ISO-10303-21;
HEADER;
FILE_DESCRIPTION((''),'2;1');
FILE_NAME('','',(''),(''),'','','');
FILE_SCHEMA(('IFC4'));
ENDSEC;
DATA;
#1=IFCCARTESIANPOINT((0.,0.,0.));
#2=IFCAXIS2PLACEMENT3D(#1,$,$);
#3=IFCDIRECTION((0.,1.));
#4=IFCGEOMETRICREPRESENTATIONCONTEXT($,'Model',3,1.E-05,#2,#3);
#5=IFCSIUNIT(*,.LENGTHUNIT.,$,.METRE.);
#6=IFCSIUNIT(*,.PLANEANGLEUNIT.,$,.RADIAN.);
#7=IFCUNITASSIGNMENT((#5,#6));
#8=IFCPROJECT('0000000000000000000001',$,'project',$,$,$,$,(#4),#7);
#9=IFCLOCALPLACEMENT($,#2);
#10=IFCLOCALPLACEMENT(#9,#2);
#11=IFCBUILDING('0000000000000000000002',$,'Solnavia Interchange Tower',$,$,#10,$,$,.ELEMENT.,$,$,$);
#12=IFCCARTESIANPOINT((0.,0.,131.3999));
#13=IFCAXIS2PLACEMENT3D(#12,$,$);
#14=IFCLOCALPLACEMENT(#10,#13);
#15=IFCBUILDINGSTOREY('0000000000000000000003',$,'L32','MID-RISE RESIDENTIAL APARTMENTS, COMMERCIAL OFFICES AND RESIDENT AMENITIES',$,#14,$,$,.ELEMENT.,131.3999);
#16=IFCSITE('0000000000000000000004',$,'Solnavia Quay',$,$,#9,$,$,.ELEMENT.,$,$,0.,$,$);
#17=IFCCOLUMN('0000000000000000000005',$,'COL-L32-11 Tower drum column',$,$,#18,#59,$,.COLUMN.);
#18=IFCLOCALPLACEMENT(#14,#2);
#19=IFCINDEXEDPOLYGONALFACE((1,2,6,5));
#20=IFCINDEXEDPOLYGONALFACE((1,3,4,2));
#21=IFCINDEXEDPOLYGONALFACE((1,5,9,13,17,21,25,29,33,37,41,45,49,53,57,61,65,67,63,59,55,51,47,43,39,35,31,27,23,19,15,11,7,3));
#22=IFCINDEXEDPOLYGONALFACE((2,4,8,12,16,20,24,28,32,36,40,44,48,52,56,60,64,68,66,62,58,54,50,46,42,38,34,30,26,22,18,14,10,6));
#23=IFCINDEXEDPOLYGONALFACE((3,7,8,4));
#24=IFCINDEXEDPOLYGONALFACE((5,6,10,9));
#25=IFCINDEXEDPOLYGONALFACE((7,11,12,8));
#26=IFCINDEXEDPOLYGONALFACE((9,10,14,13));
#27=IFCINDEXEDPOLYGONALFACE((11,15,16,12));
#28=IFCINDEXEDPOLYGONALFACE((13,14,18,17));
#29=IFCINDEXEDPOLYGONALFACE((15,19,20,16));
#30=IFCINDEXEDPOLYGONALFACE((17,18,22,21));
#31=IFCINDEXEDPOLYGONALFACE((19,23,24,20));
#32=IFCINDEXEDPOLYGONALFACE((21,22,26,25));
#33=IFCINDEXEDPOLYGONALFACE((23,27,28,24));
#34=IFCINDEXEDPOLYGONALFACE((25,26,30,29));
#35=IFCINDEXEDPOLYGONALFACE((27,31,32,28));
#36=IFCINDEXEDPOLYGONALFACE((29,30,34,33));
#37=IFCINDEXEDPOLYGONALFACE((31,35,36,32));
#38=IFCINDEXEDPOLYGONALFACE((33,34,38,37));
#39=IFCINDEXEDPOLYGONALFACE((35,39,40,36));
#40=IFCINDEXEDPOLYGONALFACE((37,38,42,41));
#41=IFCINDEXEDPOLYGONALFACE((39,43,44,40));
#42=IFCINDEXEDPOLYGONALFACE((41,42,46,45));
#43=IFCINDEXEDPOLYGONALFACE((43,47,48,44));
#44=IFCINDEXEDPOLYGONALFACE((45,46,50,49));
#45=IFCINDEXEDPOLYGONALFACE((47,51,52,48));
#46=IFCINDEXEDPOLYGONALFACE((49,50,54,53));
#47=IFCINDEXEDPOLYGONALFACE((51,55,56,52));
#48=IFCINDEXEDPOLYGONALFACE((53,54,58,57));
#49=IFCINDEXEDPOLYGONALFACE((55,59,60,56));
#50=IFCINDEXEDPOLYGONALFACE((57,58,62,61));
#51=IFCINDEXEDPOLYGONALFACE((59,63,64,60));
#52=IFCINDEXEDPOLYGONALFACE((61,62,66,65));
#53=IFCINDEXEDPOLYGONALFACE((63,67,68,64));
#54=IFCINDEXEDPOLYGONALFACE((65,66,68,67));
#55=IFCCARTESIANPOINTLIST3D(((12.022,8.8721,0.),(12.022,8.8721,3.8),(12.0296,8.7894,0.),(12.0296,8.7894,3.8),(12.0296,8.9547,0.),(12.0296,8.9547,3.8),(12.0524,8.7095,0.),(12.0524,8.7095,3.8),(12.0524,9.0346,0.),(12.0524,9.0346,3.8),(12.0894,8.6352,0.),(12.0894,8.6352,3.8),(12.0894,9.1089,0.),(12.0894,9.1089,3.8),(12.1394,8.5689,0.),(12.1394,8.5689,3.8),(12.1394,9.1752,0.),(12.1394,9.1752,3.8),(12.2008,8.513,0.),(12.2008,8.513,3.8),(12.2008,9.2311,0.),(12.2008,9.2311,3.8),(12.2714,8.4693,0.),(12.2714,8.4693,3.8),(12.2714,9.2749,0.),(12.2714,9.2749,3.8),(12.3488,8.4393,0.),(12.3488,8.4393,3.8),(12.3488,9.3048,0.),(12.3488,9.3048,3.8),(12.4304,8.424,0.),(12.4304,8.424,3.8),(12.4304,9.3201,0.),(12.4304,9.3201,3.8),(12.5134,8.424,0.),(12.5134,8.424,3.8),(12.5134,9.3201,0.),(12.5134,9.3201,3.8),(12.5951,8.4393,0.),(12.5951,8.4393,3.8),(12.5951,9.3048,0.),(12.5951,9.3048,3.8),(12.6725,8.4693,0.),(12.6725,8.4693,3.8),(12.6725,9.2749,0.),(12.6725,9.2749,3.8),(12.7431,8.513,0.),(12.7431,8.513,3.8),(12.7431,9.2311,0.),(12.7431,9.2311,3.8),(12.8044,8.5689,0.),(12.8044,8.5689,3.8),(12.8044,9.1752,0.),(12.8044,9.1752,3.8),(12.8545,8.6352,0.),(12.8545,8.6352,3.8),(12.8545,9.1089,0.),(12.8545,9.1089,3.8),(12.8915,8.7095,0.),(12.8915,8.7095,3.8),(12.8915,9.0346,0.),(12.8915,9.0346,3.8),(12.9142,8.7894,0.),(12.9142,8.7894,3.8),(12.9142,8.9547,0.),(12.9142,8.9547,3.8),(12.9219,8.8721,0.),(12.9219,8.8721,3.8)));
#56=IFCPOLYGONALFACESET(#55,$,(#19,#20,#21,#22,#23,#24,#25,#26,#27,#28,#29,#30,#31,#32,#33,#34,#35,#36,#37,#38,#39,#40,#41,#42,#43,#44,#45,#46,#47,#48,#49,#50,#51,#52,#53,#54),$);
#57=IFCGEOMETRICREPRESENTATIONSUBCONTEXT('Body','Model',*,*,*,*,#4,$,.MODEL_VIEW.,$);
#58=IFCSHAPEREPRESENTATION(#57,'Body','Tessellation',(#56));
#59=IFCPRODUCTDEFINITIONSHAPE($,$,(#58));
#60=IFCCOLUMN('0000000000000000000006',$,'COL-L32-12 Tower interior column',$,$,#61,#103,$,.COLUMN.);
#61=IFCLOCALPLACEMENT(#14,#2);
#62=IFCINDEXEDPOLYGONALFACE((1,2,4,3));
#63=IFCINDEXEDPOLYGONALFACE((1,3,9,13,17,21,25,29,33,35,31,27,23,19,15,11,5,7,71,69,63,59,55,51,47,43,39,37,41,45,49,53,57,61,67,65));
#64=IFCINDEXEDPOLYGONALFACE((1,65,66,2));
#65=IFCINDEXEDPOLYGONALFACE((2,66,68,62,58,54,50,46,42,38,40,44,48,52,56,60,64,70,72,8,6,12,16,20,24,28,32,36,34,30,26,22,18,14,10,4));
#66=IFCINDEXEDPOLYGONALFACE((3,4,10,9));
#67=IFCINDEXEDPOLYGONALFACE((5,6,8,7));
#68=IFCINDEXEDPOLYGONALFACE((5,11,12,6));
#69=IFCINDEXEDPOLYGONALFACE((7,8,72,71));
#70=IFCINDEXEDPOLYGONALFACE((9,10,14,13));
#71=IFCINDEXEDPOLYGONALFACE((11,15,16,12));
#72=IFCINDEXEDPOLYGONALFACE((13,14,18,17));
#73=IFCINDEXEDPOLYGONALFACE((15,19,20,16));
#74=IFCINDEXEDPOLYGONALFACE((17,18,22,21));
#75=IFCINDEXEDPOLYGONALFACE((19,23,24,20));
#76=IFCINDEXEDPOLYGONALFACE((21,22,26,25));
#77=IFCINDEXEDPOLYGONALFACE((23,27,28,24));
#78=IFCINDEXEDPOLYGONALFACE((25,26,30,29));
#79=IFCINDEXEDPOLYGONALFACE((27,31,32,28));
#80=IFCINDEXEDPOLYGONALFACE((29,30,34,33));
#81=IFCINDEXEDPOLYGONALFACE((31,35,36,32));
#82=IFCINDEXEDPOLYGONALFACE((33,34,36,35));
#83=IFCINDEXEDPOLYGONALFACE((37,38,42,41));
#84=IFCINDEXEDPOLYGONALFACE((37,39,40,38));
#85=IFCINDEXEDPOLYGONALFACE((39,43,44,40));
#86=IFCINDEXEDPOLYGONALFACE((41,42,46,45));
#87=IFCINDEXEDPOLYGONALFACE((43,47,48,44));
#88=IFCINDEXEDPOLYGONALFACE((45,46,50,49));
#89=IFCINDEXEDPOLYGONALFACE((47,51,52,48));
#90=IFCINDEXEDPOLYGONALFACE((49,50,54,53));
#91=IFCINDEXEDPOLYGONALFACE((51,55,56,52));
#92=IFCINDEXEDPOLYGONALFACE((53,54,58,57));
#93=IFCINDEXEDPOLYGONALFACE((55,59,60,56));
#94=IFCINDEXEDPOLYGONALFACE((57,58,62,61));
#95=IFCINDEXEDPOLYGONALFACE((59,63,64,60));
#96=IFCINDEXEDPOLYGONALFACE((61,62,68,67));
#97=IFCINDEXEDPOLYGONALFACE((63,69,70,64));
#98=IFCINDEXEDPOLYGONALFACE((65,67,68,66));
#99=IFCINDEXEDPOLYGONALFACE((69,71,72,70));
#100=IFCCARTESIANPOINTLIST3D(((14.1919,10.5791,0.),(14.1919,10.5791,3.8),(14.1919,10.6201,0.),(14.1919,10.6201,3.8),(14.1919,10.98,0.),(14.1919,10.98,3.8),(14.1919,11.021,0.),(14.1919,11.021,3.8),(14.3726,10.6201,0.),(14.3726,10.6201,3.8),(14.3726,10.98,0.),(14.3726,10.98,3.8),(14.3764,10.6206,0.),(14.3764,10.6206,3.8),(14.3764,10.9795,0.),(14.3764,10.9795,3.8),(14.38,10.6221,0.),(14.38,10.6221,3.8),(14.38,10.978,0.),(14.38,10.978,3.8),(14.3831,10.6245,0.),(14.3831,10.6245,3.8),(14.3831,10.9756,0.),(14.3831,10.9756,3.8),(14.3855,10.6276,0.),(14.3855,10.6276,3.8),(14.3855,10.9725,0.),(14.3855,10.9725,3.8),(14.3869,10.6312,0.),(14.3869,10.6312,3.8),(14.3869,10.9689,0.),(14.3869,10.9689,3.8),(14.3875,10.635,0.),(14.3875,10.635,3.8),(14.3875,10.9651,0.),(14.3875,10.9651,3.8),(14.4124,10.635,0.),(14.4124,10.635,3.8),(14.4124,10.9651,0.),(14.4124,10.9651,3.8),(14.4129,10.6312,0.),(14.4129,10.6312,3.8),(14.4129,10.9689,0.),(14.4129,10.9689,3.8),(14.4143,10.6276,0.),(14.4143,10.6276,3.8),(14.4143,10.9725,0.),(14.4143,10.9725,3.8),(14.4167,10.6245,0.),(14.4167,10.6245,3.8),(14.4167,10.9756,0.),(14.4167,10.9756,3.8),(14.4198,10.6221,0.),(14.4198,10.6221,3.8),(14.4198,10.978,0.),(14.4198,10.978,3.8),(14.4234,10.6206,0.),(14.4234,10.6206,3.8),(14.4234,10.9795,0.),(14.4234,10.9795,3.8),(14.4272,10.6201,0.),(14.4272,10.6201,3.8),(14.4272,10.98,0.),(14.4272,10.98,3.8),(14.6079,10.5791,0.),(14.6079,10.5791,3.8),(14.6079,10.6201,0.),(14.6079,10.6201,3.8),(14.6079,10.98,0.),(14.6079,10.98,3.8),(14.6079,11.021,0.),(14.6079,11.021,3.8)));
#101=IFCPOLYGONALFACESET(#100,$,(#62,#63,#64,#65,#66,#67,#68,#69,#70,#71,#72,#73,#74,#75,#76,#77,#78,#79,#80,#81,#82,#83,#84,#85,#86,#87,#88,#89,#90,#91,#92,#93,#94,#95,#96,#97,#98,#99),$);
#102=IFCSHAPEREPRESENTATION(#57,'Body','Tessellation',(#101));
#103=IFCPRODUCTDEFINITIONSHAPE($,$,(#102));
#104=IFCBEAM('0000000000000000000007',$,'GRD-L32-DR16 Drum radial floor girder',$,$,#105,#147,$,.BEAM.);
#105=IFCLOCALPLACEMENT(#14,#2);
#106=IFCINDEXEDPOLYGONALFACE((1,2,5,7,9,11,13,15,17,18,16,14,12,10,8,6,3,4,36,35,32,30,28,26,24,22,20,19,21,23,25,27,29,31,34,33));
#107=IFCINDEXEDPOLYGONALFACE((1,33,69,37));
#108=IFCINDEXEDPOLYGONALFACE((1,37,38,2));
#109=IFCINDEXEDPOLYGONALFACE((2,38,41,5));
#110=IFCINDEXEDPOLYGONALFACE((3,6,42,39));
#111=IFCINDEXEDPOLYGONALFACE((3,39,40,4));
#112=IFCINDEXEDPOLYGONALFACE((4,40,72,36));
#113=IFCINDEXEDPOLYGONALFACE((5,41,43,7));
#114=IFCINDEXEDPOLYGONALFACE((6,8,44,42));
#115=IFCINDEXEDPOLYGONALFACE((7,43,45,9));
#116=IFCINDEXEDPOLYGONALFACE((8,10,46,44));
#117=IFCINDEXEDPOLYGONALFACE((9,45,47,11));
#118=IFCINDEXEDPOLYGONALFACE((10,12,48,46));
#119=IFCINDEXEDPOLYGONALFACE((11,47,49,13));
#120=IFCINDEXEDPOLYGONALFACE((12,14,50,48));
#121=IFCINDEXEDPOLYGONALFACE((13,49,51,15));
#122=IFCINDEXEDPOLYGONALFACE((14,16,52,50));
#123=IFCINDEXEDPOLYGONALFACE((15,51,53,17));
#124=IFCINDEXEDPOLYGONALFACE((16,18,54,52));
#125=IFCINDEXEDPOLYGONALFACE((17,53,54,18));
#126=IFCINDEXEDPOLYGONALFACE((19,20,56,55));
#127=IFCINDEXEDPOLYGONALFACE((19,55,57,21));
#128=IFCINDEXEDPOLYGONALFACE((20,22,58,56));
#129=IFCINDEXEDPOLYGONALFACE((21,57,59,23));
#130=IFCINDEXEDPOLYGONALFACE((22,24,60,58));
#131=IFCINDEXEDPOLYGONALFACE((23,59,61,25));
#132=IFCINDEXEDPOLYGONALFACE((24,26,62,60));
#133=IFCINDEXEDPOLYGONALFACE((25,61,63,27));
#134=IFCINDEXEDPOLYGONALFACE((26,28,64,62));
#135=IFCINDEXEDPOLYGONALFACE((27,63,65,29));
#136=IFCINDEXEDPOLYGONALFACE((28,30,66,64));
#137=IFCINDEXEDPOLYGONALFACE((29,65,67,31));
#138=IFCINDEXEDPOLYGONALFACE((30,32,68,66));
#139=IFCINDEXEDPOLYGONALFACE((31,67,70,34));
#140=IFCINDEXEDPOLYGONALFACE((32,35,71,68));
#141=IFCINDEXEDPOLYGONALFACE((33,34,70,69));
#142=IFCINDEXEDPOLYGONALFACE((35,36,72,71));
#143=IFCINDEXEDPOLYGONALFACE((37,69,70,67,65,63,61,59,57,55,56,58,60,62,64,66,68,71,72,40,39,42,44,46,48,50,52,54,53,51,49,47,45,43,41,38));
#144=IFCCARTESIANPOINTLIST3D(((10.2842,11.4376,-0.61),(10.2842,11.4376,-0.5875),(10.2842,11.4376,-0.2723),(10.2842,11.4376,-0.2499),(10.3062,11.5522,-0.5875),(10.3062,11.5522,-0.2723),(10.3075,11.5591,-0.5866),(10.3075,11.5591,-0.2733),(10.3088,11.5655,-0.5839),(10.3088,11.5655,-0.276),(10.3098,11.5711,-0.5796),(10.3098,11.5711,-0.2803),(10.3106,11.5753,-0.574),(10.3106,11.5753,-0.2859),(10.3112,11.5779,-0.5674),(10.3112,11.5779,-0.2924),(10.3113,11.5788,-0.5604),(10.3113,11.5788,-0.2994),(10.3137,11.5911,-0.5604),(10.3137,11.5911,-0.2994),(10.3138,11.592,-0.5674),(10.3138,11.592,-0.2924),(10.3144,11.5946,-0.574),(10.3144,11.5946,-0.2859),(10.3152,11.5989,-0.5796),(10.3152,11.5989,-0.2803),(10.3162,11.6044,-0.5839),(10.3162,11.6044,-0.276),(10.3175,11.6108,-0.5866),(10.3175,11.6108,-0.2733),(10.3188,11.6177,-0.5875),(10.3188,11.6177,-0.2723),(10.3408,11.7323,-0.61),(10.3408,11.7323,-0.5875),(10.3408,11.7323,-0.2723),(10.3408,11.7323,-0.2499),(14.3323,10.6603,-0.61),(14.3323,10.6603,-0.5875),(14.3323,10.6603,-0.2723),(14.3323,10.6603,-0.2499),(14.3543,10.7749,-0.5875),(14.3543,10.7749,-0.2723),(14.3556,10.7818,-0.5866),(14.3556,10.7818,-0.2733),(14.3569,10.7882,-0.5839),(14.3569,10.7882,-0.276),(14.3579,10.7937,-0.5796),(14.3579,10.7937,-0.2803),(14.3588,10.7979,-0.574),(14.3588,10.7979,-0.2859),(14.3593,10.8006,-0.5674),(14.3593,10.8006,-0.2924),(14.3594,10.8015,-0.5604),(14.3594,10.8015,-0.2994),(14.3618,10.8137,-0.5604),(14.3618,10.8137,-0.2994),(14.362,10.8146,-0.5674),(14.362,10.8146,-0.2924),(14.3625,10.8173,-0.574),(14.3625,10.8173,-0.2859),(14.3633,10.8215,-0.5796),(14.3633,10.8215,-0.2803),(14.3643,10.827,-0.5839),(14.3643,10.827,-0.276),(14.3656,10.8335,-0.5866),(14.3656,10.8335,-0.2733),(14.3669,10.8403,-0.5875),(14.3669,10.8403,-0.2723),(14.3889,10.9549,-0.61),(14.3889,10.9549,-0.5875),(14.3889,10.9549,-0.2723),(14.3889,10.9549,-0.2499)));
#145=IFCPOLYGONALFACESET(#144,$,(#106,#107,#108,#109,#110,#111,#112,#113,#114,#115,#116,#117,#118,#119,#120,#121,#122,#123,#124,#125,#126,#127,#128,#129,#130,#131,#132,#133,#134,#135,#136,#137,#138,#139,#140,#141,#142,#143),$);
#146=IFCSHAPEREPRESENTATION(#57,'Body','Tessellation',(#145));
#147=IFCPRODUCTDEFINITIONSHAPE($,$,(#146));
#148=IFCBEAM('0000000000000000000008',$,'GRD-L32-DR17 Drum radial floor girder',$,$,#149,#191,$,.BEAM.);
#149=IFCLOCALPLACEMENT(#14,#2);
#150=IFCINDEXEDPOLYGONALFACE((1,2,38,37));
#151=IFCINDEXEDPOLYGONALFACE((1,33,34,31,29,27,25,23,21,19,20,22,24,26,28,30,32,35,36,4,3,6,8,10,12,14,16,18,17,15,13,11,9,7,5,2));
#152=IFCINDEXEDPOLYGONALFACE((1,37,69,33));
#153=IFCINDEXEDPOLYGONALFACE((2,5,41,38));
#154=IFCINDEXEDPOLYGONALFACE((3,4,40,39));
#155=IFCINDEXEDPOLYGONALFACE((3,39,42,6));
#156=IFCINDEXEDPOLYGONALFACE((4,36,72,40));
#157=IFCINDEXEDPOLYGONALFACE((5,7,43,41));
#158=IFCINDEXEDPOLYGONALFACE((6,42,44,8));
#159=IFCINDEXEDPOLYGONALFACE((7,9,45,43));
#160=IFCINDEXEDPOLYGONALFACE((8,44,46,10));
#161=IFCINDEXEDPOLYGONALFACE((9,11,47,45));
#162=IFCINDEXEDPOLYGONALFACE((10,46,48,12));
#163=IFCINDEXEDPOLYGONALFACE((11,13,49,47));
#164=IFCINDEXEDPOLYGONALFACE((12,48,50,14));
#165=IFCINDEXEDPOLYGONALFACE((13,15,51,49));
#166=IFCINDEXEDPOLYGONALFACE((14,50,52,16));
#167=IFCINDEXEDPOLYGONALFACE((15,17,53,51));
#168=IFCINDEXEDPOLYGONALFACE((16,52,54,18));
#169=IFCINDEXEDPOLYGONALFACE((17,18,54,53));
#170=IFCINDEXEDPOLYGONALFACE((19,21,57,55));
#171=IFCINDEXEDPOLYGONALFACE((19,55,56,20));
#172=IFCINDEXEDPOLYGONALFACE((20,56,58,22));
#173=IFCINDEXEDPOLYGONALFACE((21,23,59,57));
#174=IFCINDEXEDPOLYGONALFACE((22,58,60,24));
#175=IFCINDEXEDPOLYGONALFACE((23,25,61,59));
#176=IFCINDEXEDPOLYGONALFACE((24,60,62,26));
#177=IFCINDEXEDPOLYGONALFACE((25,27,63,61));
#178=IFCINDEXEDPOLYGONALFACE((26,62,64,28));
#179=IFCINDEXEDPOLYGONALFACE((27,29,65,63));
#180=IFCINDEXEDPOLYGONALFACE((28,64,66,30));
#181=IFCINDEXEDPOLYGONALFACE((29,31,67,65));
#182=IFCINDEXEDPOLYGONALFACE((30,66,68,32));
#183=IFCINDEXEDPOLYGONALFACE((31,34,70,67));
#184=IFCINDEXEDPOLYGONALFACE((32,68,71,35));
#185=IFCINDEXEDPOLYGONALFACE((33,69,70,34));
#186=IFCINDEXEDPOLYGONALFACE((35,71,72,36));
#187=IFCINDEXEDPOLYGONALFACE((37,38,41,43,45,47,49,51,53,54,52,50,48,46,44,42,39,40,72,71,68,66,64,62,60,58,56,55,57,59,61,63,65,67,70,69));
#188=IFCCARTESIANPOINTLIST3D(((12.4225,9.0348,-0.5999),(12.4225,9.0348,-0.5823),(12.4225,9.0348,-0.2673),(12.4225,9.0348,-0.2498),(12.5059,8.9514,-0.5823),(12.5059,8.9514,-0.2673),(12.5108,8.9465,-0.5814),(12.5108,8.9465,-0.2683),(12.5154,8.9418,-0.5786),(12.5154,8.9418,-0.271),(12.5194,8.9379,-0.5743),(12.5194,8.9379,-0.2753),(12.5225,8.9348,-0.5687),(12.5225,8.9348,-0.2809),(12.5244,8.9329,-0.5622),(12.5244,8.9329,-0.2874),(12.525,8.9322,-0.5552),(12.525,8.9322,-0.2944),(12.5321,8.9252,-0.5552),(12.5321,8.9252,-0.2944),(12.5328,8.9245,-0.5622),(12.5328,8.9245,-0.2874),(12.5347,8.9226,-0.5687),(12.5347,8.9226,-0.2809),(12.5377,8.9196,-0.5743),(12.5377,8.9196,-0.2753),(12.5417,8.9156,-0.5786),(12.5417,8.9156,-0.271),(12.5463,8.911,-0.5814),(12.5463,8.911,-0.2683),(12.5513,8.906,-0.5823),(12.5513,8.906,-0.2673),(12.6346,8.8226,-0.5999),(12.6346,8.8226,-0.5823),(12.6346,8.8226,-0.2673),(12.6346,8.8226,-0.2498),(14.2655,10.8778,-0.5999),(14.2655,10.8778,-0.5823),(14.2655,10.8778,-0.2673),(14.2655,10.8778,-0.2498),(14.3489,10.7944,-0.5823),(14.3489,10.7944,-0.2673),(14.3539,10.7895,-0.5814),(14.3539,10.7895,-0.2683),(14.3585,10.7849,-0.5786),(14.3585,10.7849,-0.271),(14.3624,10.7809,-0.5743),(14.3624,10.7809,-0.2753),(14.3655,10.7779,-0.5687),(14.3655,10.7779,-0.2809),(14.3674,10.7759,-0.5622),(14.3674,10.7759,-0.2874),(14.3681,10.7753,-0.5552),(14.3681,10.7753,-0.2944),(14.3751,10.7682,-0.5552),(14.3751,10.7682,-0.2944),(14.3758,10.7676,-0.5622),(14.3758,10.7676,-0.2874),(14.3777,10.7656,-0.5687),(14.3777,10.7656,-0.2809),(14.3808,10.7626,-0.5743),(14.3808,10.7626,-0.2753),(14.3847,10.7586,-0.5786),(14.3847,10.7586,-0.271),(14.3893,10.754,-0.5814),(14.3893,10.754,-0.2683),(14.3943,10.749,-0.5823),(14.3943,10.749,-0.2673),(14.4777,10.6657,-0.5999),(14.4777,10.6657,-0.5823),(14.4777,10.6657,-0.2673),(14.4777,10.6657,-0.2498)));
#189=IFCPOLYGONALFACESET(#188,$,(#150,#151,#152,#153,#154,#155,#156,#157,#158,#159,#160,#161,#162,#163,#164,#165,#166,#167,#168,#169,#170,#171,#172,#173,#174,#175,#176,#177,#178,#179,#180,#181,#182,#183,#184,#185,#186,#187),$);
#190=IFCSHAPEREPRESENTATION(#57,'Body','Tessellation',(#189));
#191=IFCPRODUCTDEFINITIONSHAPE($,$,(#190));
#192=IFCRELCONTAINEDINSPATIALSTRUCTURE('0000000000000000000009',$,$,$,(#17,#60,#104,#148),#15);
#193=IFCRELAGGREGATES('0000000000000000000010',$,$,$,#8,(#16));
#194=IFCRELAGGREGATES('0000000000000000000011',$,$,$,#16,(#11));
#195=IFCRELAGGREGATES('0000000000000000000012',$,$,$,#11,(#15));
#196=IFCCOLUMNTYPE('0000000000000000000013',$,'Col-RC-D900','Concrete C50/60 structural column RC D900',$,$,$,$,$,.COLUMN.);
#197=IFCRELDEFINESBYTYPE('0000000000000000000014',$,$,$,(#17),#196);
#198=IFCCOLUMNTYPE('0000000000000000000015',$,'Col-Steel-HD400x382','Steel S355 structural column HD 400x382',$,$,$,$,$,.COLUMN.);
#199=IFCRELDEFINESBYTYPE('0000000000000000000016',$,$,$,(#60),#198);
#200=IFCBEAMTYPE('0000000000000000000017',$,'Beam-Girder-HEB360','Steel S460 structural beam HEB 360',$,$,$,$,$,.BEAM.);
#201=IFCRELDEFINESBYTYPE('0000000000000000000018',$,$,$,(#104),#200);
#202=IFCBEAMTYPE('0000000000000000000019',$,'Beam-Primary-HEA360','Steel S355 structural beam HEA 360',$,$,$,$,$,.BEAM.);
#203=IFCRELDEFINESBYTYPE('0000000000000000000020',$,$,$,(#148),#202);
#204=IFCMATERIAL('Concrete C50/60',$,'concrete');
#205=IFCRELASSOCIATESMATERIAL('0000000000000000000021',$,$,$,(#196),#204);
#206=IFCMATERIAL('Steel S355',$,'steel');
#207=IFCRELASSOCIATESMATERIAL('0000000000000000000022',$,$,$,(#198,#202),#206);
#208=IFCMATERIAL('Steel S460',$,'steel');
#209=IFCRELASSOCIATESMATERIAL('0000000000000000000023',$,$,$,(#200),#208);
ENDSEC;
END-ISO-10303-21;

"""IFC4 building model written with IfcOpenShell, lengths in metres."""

from ifc_helpers import new_model, si_unit, direction, frame, origin, origin_2d, place, context, subcontext, project, spatial, circle, i_section, extrude, material, material_profile, profile_set, type_object, element, save


model = new_model("IFC4")

# Units and contexts
model_context = context("Model", 3, precision=1e-05, world=origin(), true_north=direction((0.0, 1.0)))
body_context = subcontext(model_context, "Body", "Model", "MODEL_VIEW")
ifc_project = project(units=[si_unit("LENGTHUNIT", "METRE"), si_unit("PLANEANGLEUNIT", "RADIAN")], contexts=[model_context])

# Site, building, storey
site_placement = place(None, origin())
site = spatial("IfcSite", under=ifc_project, at=site_placement, Name="Solnavia Quay", CompositionType="ELEMENT", RefElevation=0.0)
building_placement = place(site_placement, origin())
building = spatial("IfcBuilding", under=site, at=building_placement, Name="Solnavia Interchange Tower", CompositionType="ELEMENT")
storey_placement = place(building_placement, frame((0.0, 0.0, 131.3999)))
storey = spatial("IfcBuildingStorey", under=building, at=storey_placement, Name="L32", Description="MID-RISE RESIDENTIAL APARTMENTS, COMMERCIAL OFFICES AND RESIDENT AMENITIES", CompositionType="ELEMENT", Elevation=131.3999)

# Columns
ifc_material_1 = material(Name="Concrete C50/60", Category="concrete")
ifc_material_profile_1 = material_profile(ifc_material_1, circle(Radius=0.45, at=origin_2d()), Name="RC D900")
ifc_profile_set_1 = profile_set([ifc_material_profile_1], Name="Concrete C50/60")
column_type_1 = type_object("IfcColumnType", Name="Col-RC-D900", Description="Concrete C50/60 structural column RC D900", PredefinedType="COLUMN", material=ifc_profile_set_1)
column_1_placement = place(storey_placement, frame((12.4719, 8.8721, 0.0), z_axis=(0.0, 0.0, 1.0), x_axis=(1.0, 0.0, 0.0)))
element("IfcColumn", 1, at=column_1_placement, inside=storey, type_object=column_type_1, Name="COL-L32-11 Tower drum column", PredefinedType="COLUMN", context=body_context, shape_type="SweptSolid", body=[
    extrude(circle(Radius=0.45, at=origin_2d()), origin(), (0.0, 0.0, 1.0), 3.8),
])
ifc_material_2 = material(Name="Steel S355", Category="steel")
ifc_material_profile_2 = material_profile(ifc_material_2, i_section(OverallWidth=0.416, OverallDepth=0.4419, WebThickness=0.0249, FlangeThickness=0.041, FilletRadius=0.0149, at=origin_2d()), Name="HD 400x382")
ifc_profile_set_2 = profile_set([ifc_material_profile_2], Name="Steel S355")
column_type_2 = type_object("IfcColumnType", Name="Col-Steel-HD400x382", Description="Steel S355 structural column HD 400x382", PredefinedType="COLUMN", material=ifc_profile_set_2)
column_2_placement = place(storey_placement, frame((14.3999, 10.8, 0.0), z_axis=(0.0, 0.0, 1.0), x_axis=(1.0, 0.0, 0.0)))
element("IfcColumn", 2, at=column_2_placement, inside=storey, type_object=column_type_2, Name="COL-L32-12 Tower interior column", PredefinedType="COLUMN", context=body_context, shape_type="SweptSolid", body=[
    extrude(i_section(OverallWidth=0.416, OverallDepth=0.4419, WebThickness=0.0249, FlangeThickness=0.041, FilletRadius=0.0149, at=origin_2d()), origin(), (0.0, 0.0, 1.0), 3.8),
])

# Beams
ifc_material_3 = material(Name="Steel S460", Category="steel")
ifc_material_profile_3 = material_profile(ifc_material_3, i_section(OverallWidth=0.3, OverallDepth=0.3601, WebThickness=0.0125, FlangeThickness=0.0225, FilletRadius=0.0271, at=origin_2d()), Name="HEB 360")
ifc_profile_set_3 = profile_set([ifc_material_profile_3], Name="Steel S460")
beam_type_1 = type_object("IfcBeamType", Name="Beam-Girder-HEB360", Description="Steel S460 structural beam HEB 360", PredefinedType="BEAM", material=ifc_profile_set_3)
beam_1_placement = place(storey_placement, frame((10.3125, 11.585, -0.4299), z_axis=(0.982058, -0.188582, 0.0), x_axis=(0.188582, 0.982058, 0.0)))
element("IfcBeam", 3, at=beam_1_placement, inside=storey, type_object=beam_type_1, Name="GRD-L32-DR16 Drum radial floor girder", PredefinedType="BEAM", context=body_context, shape_type="SweptSolid", body=[
    extrude(i_section(OverallWidth=0.3, OverallDepth=0.3601, WebThickness=0.0125, FlangeThickness=0.0225, FilletRadius=0.0271, at=origin_2d()), origin(), (0.0, 0.0, 1.0), 4.1221),
])
ifc_material_profile_4 = material_profile(ifc_material_2, i_section(OverallWidth=0.3, OverallDepth=0.3501, WebThickness=0.01, FlangeThickness=0.0176, FilletRadius=0.0271, at=origin_2d()), Name="HEA 360")
ifc_profile_set_4 = profile_set([ifc_material_profile_4], Name="Steel S355")
beam_type_2 = type_object("IfcBeamType", Name="Beam-Primary-HEA360", Description="Steel S355 structural beam HEA 360", PredefinedType="BEAM", material=ifc_profile_set_4)
beam_2_placement = place(storey_placement, frame((12.5286, 8.9287, -0.4248), z_axis=(0.707107, 0.707107, 0.0), x_axis=(-0.707107, 0.707107, 0.0)))
element("IfcBeam", 4, at=beam_2_placement, inside=storey, type_object=beam_type_2, Name="GRD-L32-DR17 Drum radial floor girder", PredefinedType="BEAM", context=body_context, shape_type="SweptSolid", body=[
    extrude(i_section(OverallWidth=0.3, OverallDepth=0.3501, WebThickness=0.01, FlangeThickness=0.0176, FilletRadius=0.0271, at=origin_2d()), origin(), (0.0, 0.0, 1.0), 2.6064),
])

save(model, "model.ifc")
